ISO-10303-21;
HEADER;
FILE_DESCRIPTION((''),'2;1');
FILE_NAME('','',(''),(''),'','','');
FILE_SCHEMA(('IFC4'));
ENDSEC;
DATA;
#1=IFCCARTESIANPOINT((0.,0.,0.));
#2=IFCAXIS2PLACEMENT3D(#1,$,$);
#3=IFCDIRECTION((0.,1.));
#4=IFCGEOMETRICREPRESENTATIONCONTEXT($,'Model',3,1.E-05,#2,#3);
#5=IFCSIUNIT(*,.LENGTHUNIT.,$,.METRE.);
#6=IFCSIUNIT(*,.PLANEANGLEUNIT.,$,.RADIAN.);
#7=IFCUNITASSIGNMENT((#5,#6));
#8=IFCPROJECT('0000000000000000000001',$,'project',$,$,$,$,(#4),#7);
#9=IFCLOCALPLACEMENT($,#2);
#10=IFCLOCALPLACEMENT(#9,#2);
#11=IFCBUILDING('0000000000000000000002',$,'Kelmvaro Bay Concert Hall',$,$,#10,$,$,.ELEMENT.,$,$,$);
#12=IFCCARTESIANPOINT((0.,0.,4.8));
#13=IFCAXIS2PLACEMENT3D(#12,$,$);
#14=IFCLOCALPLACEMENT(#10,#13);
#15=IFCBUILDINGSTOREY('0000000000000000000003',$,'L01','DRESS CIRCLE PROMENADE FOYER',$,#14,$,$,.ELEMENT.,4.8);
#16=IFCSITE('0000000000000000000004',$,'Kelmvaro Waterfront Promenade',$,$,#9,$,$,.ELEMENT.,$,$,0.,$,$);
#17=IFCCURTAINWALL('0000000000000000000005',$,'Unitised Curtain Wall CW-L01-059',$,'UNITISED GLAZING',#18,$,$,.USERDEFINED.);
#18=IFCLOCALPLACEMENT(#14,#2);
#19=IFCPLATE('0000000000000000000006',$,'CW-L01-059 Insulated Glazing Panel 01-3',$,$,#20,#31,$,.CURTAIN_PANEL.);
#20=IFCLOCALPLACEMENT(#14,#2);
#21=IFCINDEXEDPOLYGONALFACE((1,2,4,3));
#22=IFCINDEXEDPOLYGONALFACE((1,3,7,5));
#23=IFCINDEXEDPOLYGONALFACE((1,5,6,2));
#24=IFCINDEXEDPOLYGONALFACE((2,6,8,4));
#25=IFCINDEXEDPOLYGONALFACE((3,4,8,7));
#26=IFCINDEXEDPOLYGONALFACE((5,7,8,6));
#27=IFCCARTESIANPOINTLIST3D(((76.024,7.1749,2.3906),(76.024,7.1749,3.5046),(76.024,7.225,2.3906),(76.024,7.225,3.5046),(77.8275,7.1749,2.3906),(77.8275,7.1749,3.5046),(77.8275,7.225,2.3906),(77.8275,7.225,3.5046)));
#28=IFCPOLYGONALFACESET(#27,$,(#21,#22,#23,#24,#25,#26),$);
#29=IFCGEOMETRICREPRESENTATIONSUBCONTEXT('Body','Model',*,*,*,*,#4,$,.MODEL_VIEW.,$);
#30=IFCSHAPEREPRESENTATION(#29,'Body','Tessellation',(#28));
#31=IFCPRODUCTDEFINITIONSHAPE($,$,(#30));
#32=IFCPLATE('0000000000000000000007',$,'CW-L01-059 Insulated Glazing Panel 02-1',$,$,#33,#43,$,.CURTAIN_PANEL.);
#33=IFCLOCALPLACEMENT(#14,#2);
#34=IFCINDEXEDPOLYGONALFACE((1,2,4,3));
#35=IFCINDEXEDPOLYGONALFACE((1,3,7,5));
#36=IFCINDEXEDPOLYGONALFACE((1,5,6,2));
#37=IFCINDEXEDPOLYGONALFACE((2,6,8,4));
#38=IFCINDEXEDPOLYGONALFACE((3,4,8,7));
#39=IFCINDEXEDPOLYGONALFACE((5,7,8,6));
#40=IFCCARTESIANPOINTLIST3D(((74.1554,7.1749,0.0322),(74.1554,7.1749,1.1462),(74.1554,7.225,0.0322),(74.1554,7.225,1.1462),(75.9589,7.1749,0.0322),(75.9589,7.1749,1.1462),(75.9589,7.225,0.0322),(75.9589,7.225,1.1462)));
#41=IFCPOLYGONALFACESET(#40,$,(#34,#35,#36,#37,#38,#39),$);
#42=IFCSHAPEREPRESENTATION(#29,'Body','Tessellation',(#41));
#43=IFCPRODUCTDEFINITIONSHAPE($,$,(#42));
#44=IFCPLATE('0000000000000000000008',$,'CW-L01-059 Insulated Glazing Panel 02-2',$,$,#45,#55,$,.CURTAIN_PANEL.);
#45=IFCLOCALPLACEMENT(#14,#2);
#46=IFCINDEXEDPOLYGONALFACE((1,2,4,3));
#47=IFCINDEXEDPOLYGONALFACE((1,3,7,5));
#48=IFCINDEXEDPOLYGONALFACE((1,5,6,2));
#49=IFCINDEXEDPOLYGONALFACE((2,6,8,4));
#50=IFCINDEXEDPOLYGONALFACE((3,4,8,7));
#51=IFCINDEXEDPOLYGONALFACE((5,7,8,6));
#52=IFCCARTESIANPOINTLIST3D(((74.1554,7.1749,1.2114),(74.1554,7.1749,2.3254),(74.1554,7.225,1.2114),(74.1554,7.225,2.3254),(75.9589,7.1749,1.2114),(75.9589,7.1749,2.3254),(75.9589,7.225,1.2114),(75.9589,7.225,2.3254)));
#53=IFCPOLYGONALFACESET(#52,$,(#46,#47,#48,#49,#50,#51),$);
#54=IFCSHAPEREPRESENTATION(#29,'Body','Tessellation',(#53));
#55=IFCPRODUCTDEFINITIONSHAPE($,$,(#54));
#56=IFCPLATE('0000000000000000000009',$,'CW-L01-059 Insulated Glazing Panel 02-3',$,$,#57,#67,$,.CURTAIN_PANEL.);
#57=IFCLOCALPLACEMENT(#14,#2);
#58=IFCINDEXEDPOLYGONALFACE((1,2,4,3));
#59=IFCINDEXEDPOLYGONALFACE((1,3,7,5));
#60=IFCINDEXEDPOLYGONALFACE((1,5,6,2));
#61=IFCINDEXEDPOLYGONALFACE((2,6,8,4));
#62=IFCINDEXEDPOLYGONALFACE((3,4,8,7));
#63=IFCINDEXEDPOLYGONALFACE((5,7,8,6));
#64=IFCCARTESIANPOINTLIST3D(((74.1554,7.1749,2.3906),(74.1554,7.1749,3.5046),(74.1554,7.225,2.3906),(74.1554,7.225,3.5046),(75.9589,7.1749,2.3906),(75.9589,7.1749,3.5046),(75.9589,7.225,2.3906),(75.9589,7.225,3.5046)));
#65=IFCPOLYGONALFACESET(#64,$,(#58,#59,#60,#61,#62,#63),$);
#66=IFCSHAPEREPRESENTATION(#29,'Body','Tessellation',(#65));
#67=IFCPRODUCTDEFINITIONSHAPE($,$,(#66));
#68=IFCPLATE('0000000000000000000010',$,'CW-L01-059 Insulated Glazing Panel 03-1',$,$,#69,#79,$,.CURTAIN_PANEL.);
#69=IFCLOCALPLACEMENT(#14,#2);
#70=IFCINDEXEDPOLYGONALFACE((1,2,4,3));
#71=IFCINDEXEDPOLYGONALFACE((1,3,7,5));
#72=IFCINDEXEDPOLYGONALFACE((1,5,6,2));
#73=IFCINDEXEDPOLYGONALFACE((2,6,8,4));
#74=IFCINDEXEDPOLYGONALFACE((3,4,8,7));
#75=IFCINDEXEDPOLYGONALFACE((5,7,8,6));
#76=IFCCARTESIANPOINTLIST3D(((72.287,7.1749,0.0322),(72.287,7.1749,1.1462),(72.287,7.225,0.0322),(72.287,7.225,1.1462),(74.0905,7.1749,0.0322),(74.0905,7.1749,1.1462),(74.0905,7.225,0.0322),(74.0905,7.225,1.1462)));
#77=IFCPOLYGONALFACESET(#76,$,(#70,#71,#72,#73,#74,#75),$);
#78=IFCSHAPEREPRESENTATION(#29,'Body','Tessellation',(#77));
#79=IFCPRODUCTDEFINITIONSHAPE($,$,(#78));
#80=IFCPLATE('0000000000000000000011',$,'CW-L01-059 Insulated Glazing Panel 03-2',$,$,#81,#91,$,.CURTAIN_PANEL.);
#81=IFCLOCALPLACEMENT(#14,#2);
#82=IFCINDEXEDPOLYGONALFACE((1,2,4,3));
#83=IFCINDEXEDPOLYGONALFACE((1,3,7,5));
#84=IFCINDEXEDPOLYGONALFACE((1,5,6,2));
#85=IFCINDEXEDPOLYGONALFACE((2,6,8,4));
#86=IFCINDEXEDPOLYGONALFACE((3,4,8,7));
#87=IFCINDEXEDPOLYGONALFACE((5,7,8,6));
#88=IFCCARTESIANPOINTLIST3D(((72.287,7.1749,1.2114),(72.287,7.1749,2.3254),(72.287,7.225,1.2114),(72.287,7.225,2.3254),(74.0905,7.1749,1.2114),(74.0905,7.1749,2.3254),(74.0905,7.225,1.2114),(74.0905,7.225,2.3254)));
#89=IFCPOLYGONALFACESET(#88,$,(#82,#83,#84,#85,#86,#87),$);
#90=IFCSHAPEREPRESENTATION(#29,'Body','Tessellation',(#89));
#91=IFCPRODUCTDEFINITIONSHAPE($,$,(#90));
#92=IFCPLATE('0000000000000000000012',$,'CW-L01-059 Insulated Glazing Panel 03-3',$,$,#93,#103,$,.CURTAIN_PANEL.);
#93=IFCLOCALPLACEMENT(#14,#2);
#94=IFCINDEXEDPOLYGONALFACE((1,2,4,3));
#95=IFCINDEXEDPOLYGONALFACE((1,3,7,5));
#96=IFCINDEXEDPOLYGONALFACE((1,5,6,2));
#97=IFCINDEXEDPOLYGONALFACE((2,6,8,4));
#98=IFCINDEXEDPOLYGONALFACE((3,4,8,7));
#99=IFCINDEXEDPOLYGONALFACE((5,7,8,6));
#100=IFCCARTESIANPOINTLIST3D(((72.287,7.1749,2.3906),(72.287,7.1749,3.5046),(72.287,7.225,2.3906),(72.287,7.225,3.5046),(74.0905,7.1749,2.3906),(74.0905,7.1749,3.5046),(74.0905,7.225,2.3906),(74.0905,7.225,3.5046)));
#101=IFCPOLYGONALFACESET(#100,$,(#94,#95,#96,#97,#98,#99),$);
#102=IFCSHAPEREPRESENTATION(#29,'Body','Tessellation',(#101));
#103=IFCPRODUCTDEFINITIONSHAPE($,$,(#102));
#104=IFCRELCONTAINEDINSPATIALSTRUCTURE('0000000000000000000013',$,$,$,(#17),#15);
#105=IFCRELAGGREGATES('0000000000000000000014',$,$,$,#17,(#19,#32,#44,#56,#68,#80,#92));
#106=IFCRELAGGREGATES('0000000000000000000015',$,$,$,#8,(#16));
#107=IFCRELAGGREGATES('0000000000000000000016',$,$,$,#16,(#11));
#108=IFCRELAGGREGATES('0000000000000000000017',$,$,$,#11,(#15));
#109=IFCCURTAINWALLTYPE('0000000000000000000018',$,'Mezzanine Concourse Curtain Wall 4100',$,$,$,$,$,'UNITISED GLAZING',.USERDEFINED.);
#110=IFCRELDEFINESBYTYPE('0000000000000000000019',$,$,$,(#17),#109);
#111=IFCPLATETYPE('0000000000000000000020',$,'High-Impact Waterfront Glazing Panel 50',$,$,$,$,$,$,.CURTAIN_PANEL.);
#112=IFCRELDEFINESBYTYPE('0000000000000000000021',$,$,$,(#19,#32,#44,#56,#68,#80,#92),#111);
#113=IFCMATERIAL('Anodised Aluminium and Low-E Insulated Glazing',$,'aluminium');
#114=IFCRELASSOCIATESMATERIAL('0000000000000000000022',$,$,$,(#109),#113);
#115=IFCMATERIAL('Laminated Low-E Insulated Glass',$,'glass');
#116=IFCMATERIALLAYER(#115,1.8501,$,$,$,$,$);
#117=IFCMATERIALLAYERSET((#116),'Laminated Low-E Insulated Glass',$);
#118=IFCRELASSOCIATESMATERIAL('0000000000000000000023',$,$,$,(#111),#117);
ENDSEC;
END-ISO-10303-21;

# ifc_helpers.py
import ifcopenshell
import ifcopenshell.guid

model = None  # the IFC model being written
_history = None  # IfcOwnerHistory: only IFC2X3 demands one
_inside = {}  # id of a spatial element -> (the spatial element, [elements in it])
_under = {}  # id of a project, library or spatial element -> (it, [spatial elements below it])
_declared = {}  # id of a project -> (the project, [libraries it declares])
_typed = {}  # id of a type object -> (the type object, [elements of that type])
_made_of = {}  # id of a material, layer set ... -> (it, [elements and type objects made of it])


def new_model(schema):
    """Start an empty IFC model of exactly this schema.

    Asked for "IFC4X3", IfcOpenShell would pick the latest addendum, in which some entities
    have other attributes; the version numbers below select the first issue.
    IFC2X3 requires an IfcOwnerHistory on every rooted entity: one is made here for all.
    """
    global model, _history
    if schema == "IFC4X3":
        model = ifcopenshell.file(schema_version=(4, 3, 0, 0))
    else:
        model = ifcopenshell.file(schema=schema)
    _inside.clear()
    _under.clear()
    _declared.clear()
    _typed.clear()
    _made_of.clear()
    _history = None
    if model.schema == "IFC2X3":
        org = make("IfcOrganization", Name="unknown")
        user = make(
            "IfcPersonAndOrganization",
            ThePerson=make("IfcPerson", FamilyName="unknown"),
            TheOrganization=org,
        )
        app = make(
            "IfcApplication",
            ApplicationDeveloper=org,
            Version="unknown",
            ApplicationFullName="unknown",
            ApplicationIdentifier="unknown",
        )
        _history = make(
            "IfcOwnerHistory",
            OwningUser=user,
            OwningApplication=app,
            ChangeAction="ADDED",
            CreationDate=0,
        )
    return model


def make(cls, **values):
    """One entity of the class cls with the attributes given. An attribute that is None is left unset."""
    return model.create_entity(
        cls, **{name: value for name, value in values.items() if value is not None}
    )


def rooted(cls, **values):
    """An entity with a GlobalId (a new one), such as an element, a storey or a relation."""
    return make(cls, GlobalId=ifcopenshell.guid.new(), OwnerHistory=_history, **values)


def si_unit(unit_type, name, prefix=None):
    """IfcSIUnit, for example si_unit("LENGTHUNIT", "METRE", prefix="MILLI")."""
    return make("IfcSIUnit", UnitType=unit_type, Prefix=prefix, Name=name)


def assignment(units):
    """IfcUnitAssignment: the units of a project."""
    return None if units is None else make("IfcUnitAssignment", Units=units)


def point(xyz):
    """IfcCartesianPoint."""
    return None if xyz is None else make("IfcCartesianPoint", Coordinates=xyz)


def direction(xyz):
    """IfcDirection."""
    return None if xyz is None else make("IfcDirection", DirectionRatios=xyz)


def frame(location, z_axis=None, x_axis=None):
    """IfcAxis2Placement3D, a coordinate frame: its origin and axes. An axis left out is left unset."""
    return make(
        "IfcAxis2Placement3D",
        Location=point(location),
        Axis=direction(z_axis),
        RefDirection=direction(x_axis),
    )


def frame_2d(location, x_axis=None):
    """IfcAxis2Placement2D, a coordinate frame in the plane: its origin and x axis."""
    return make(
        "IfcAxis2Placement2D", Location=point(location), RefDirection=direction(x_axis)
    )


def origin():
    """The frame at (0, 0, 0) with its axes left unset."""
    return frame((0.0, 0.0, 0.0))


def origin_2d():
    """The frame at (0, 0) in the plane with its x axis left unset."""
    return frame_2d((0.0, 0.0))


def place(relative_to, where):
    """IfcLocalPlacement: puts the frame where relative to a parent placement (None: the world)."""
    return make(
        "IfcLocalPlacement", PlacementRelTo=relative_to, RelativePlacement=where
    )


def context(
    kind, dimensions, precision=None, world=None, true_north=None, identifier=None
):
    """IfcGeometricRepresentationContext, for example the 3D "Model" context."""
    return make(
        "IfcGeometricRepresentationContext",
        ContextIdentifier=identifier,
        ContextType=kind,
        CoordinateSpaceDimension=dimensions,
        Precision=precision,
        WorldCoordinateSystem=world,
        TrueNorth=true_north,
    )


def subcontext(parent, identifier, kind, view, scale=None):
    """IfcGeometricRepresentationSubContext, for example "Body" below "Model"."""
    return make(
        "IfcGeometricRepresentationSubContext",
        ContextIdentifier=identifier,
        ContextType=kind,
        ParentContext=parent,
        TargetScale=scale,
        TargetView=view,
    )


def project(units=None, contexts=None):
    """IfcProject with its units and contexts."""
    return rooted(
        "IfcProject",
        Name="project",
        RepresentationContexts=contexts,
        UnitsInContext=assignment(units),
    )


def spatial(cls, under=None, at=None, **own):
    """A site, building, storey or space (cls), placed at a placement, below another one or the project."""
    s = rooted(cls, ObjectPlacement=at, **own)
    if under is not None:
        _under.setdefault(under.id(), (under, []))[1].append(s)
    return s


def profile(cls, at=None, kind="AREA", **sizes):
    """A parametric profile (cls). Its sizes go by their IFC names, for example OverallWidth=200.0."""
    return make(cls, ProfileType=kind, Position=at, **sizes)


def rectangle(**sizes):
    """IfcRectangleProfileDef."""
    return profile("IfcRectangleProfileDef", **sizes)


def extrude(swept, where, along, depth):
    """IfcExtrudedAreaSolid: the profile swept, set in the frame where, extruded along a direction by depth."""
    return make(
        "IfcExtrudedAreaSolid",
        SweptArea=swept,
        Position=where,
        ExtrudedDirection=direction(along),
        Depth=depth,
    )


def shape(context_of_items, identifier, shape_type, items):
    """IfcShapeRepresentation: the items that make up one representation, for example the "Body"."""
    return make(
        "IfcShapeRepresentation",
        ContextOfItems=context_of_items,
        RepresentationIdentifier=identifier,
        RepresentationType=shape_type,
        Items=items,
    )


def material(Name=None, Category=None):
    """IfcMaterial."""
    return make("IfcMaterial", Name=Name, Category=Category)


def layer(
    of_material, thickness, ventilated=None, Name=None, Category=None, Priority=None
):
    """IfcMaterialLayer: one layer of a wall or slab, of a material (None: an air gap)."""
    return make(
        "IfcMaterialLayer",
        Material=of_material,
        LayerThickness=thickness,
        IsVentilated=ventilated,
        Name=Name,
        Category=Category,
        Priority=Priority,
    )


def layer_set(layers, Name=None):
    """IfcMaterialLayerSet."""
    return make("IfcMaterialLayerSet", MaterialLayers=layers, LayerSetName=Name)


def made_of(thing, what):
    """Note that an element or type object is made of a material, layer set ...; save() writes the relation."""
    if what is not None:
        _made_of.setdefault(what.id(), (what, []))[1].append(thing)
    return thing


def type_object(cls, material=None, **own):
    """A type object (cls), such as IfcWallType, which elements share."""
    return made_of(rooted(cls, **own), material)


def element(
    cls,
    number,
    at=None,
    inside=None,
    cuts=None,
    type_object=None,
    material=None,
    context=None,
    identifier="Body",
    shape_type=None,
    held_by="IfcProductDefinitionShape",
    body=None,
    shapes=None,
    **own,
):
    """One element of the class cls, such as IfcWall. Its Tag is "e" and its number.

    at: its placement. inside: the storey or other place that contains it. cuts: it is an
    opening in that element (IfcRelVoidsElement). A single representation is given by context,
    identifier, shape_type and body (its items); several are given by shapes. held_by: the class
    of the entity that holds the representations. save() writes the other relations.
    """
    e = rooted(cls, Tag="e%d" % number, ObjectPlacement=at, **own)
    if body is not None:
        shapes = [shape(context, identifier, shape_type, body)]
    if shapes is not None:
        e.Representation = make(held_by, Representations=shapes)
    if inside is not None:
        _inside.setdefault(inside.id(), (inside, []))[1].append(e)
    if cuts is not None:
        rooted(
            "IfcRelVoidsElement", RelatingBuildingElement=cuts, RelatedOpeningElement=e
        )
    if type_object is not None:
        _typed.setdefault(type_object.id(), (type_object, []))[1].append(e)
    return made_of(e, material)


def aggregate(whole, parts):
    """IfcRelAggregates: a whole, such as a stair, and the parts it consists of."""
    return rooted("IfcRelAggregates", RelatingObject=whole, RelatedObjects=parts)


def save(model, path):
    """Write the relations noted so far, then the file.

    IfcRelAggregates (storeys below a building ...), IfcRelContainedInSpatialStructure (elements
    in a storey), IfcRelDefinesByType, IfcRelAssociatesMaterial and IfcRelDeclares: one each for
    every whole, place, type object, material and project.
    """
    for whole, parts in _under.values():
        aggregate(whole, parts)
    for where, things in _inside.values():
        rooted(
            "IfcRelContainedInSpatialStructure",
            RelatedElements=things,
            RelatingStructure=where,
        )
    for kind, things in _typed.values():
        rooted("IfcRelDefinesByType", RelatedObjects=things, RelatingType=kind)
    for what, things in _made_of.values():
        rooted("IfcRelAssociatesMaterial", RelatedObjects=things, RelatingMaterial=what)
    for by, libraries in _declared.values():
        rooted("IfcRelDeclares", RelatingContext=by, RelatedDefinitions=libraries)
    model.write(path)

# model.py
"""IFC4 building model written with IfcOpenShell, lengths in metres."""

from ifc_helpers import new_model, si_unit, direction, frame, origin, origin_2d, place, context, subcontext, project, spatial, rectangle, extrude, material, layer, layer_set, type_object, element, aggregate, save


model = new_model("IFC4")

# Units and contexts
model_context = context("Model", 3, precision=1e-05, world=origin(), true_north=direction((0.0, 1.0)))
body_context = subcontext(model_context, "Body", "Model", "MODEL_VIEW")
ifc_project = project(units=[si_unit("LENGTHUNIT", "METRE"), si_unit("PLANEANGLEUNIT", "RADIAN")], contexts=[model_context])

# Site, building, storey
site_placement = place(None, origin())
site = spatial("IfcSite", under=ifc_project, at=site_placement, Name="Kelmvaro Waterfront Promenade", CompositionType="ELEMENT", RefElevation=0.0)
building_placement = place(site_placement, origin())
building = spatial("IfcBuilding", under=site, at=building_placement, Name="Kelmvaro Bay Concert Hall", CompositionType="ELEMENT")
storey_placement = place(building_placement, frame((0.0, 0.0, 4.8)))
storey = spatial("IfcBuildingStorey", under=building, at=storey_placement, Name="L01", Description="DRESS CIRCLE PROMENADE FOYER", CompositionType="ELEMENT", Elevation=4.8)

# Curtain wall
ifc_material_1 = material(Name="Anodised Aluminium and Low-E Insulated Glazing", Category="aluminium")
curtain_wall_type = type_object("IfcCurtainWallType", Name="Mezzanine Concourse Curtain Wall 4100", ElementType="UNITISED GLAZING", PredefinedType="USERDEFINED", material=ifc_material_1)
curtain_wall_1_placement = place(storey_placement, origin())
curtain_wall_1 = element("IfcCurtainWall", 1, at=curtain_wall_1_placement, inside=storey, type_object=curtain_wall_type, Name="Unitised Curtain Wall CW-L01-059", ObjectType="UNITISED GLAZING", PredefinedType="USERDEFINED")

# Plates
ifc_material_2 = material(Name="Laminated Low-E Insulated Glass", Category="glass")
ifc_layer = layer(ifc_material_2, 1.8501)
ifc_layer_set = layer_set([ifc_layer], Name="Laminated Low-E Insulated Glass")
plate_type = type_object("IfcPlateType", Name="High-Impact Waterfront Glazing Panel 50", PredefinedType="CURTAIN_PANEL", material=ifc_layer_set)
plate_1_placement = place(storey_placement, frame((76.9258, 7.2, 2.3906), z_axis=(0.0, 0.0, 1.0), x_axis=(-1.0, 0.0, 0.0)))
plate_1 = element("IfcPlate", 2, at=plate_1_placement, type_object=plate_type, Name="CW-L01-059 Insulated Glazing Panel 01-3", PredefinedType="CURTAIN_PANEL", context=body_context, shape_type="SweptSolid", body=[
    extrude(rectangle(XDim=1.8035, YDim=0.05, at=origin_2d()), origin(), (0.0, 0.0, 1.0), 1.114),
])
plate_2_placement = place(storey_placement, frame((75.0571, 7.2, 0.0322), z_axis=(0.0, 0.0, 1.0), x_axis=(-1.0, 0.0, 0.0)))
plate_2 = element("IfcPlate", 3, at=plate_2_placement, type_object=plate_type, Name="CW-L01-059 Insulated Glazing Panel 02-1", PredefinedType="CURTAIN_PANEL", context=body_context, shape_type="SweptSolid", body=[
    extrude(rectangle(XDim=1.8035, YDim=0.05, at=origin_2d()), origin(), (0.0, 0.0, 1.0), 1.114),
])
plate_3_placement = place(storey_placement, frame((75.0571, 7.2, 1.2114), z_axis=(0.0, 0.0, 1.0), x_axis=(-1.0, 0.0, 0.0)))
plate_3 = element("IfcPlate", 4, at=plate_3_placement, type_object=plate_type, Name="CW-L01-059 Insulated Glazing Panel 02-2", PredefinedType="CURTAIN_PANEL", context=body_context, shape_type="SweptSolid", body=[
    extrude(rectangle(XDim=1.8035, YDim=0.05, at=origin_2d()), origin(), (0.0, 0.0, 1.0), 1.114),
])
plate_4_placement = place(storey_placement, frame((75.0571, 7.2, 2.3906), z_axis=(0.0, 0.0, 1.0), x_axis=(-1.0, 0.0, 0.0)))
plate_4 = element("IfcPlate", 5, at=plate_4_placement, type_object=plate_type, Name="CW-L01-059 Insulated Glazing Panel 02-3", PredefinedType="CURTAIN_PANEL", context=body_context, shape_type="SweptSolid", body=[
    extrude(rectangle(XDim=1.8035, YDim=0.05, at=origin_2d()), origin(), (0.0, 0.0, 1.0), 1.114),
])
plate_5_placement = place(storey_placement, frame((73.1887, 7.2, 0.0322), z_axis=(0.0, 0.0, 1.0), x_axis=(-1.0, 0.0, 0.0)))
plate_5 = element("IfcPlate", 6, at=plate_5_placement, type_object=plate_type, Name="CW-L01-059 Insulated Glazing Panel 03-1", PredefinedType="CURTAIN_PANEL", context=body_context, shape_type="SweptSolid", body=[
    extrude(rectangle(XDim=1.8035, YDim=0.05, at=origin_2d()), origin(), (0.0, 0.0, 1.0), 1.114),
])
plate_6_placement = place(storey_placement, frame((73.1887, 7.2, 1.2114), z_axis=(0.0, 0.0, 1.0), x_axis=(-1.0, 0.0, 0.0)))
plate_6 = element("IfcPlate", 7, at=plate_6_placement, type_object=plate_type, Name="CW-L01-059 Insulated Glazing Panel 03-2", PredefinedType="CURTAIN_PANEL", context=body_context, shape_type="SweptSolid", body=[
    extrude(rectangle(XDim=1.8035, YDim=0.05, at=origin_2d()), origin(), (0.0, 0.0, 1.0), 1.114),
])
plate_7_placement = place(storey_placement, frame((73.1887, 7.2, 2.3906), z_axis=(0.0, 0.0, 1.0), x_axis=(-1.0, 0.0, 0.0)))
plate_7 = element("IfcPlate", 8, at=plate_7_placement, type_object=plate_type, Name="CW-L01-059 Insulated Glazing Panel 03-3", PredefinedType="CURTAIN_PANEL", context=body_context, shape_type="SweptSolid", body=[
    extrude(rectangle(XDim=1.8035, YDim=0.05, at=origin_2d()), origin(), (0.0, 0.0, 1.0), 1.114),
])
aggregate(curtain_wall_1, [plate_1, plate_2, plate_3, plate_4, plate_5, plate_6, plate_7])

save(model, "model.ifc")
